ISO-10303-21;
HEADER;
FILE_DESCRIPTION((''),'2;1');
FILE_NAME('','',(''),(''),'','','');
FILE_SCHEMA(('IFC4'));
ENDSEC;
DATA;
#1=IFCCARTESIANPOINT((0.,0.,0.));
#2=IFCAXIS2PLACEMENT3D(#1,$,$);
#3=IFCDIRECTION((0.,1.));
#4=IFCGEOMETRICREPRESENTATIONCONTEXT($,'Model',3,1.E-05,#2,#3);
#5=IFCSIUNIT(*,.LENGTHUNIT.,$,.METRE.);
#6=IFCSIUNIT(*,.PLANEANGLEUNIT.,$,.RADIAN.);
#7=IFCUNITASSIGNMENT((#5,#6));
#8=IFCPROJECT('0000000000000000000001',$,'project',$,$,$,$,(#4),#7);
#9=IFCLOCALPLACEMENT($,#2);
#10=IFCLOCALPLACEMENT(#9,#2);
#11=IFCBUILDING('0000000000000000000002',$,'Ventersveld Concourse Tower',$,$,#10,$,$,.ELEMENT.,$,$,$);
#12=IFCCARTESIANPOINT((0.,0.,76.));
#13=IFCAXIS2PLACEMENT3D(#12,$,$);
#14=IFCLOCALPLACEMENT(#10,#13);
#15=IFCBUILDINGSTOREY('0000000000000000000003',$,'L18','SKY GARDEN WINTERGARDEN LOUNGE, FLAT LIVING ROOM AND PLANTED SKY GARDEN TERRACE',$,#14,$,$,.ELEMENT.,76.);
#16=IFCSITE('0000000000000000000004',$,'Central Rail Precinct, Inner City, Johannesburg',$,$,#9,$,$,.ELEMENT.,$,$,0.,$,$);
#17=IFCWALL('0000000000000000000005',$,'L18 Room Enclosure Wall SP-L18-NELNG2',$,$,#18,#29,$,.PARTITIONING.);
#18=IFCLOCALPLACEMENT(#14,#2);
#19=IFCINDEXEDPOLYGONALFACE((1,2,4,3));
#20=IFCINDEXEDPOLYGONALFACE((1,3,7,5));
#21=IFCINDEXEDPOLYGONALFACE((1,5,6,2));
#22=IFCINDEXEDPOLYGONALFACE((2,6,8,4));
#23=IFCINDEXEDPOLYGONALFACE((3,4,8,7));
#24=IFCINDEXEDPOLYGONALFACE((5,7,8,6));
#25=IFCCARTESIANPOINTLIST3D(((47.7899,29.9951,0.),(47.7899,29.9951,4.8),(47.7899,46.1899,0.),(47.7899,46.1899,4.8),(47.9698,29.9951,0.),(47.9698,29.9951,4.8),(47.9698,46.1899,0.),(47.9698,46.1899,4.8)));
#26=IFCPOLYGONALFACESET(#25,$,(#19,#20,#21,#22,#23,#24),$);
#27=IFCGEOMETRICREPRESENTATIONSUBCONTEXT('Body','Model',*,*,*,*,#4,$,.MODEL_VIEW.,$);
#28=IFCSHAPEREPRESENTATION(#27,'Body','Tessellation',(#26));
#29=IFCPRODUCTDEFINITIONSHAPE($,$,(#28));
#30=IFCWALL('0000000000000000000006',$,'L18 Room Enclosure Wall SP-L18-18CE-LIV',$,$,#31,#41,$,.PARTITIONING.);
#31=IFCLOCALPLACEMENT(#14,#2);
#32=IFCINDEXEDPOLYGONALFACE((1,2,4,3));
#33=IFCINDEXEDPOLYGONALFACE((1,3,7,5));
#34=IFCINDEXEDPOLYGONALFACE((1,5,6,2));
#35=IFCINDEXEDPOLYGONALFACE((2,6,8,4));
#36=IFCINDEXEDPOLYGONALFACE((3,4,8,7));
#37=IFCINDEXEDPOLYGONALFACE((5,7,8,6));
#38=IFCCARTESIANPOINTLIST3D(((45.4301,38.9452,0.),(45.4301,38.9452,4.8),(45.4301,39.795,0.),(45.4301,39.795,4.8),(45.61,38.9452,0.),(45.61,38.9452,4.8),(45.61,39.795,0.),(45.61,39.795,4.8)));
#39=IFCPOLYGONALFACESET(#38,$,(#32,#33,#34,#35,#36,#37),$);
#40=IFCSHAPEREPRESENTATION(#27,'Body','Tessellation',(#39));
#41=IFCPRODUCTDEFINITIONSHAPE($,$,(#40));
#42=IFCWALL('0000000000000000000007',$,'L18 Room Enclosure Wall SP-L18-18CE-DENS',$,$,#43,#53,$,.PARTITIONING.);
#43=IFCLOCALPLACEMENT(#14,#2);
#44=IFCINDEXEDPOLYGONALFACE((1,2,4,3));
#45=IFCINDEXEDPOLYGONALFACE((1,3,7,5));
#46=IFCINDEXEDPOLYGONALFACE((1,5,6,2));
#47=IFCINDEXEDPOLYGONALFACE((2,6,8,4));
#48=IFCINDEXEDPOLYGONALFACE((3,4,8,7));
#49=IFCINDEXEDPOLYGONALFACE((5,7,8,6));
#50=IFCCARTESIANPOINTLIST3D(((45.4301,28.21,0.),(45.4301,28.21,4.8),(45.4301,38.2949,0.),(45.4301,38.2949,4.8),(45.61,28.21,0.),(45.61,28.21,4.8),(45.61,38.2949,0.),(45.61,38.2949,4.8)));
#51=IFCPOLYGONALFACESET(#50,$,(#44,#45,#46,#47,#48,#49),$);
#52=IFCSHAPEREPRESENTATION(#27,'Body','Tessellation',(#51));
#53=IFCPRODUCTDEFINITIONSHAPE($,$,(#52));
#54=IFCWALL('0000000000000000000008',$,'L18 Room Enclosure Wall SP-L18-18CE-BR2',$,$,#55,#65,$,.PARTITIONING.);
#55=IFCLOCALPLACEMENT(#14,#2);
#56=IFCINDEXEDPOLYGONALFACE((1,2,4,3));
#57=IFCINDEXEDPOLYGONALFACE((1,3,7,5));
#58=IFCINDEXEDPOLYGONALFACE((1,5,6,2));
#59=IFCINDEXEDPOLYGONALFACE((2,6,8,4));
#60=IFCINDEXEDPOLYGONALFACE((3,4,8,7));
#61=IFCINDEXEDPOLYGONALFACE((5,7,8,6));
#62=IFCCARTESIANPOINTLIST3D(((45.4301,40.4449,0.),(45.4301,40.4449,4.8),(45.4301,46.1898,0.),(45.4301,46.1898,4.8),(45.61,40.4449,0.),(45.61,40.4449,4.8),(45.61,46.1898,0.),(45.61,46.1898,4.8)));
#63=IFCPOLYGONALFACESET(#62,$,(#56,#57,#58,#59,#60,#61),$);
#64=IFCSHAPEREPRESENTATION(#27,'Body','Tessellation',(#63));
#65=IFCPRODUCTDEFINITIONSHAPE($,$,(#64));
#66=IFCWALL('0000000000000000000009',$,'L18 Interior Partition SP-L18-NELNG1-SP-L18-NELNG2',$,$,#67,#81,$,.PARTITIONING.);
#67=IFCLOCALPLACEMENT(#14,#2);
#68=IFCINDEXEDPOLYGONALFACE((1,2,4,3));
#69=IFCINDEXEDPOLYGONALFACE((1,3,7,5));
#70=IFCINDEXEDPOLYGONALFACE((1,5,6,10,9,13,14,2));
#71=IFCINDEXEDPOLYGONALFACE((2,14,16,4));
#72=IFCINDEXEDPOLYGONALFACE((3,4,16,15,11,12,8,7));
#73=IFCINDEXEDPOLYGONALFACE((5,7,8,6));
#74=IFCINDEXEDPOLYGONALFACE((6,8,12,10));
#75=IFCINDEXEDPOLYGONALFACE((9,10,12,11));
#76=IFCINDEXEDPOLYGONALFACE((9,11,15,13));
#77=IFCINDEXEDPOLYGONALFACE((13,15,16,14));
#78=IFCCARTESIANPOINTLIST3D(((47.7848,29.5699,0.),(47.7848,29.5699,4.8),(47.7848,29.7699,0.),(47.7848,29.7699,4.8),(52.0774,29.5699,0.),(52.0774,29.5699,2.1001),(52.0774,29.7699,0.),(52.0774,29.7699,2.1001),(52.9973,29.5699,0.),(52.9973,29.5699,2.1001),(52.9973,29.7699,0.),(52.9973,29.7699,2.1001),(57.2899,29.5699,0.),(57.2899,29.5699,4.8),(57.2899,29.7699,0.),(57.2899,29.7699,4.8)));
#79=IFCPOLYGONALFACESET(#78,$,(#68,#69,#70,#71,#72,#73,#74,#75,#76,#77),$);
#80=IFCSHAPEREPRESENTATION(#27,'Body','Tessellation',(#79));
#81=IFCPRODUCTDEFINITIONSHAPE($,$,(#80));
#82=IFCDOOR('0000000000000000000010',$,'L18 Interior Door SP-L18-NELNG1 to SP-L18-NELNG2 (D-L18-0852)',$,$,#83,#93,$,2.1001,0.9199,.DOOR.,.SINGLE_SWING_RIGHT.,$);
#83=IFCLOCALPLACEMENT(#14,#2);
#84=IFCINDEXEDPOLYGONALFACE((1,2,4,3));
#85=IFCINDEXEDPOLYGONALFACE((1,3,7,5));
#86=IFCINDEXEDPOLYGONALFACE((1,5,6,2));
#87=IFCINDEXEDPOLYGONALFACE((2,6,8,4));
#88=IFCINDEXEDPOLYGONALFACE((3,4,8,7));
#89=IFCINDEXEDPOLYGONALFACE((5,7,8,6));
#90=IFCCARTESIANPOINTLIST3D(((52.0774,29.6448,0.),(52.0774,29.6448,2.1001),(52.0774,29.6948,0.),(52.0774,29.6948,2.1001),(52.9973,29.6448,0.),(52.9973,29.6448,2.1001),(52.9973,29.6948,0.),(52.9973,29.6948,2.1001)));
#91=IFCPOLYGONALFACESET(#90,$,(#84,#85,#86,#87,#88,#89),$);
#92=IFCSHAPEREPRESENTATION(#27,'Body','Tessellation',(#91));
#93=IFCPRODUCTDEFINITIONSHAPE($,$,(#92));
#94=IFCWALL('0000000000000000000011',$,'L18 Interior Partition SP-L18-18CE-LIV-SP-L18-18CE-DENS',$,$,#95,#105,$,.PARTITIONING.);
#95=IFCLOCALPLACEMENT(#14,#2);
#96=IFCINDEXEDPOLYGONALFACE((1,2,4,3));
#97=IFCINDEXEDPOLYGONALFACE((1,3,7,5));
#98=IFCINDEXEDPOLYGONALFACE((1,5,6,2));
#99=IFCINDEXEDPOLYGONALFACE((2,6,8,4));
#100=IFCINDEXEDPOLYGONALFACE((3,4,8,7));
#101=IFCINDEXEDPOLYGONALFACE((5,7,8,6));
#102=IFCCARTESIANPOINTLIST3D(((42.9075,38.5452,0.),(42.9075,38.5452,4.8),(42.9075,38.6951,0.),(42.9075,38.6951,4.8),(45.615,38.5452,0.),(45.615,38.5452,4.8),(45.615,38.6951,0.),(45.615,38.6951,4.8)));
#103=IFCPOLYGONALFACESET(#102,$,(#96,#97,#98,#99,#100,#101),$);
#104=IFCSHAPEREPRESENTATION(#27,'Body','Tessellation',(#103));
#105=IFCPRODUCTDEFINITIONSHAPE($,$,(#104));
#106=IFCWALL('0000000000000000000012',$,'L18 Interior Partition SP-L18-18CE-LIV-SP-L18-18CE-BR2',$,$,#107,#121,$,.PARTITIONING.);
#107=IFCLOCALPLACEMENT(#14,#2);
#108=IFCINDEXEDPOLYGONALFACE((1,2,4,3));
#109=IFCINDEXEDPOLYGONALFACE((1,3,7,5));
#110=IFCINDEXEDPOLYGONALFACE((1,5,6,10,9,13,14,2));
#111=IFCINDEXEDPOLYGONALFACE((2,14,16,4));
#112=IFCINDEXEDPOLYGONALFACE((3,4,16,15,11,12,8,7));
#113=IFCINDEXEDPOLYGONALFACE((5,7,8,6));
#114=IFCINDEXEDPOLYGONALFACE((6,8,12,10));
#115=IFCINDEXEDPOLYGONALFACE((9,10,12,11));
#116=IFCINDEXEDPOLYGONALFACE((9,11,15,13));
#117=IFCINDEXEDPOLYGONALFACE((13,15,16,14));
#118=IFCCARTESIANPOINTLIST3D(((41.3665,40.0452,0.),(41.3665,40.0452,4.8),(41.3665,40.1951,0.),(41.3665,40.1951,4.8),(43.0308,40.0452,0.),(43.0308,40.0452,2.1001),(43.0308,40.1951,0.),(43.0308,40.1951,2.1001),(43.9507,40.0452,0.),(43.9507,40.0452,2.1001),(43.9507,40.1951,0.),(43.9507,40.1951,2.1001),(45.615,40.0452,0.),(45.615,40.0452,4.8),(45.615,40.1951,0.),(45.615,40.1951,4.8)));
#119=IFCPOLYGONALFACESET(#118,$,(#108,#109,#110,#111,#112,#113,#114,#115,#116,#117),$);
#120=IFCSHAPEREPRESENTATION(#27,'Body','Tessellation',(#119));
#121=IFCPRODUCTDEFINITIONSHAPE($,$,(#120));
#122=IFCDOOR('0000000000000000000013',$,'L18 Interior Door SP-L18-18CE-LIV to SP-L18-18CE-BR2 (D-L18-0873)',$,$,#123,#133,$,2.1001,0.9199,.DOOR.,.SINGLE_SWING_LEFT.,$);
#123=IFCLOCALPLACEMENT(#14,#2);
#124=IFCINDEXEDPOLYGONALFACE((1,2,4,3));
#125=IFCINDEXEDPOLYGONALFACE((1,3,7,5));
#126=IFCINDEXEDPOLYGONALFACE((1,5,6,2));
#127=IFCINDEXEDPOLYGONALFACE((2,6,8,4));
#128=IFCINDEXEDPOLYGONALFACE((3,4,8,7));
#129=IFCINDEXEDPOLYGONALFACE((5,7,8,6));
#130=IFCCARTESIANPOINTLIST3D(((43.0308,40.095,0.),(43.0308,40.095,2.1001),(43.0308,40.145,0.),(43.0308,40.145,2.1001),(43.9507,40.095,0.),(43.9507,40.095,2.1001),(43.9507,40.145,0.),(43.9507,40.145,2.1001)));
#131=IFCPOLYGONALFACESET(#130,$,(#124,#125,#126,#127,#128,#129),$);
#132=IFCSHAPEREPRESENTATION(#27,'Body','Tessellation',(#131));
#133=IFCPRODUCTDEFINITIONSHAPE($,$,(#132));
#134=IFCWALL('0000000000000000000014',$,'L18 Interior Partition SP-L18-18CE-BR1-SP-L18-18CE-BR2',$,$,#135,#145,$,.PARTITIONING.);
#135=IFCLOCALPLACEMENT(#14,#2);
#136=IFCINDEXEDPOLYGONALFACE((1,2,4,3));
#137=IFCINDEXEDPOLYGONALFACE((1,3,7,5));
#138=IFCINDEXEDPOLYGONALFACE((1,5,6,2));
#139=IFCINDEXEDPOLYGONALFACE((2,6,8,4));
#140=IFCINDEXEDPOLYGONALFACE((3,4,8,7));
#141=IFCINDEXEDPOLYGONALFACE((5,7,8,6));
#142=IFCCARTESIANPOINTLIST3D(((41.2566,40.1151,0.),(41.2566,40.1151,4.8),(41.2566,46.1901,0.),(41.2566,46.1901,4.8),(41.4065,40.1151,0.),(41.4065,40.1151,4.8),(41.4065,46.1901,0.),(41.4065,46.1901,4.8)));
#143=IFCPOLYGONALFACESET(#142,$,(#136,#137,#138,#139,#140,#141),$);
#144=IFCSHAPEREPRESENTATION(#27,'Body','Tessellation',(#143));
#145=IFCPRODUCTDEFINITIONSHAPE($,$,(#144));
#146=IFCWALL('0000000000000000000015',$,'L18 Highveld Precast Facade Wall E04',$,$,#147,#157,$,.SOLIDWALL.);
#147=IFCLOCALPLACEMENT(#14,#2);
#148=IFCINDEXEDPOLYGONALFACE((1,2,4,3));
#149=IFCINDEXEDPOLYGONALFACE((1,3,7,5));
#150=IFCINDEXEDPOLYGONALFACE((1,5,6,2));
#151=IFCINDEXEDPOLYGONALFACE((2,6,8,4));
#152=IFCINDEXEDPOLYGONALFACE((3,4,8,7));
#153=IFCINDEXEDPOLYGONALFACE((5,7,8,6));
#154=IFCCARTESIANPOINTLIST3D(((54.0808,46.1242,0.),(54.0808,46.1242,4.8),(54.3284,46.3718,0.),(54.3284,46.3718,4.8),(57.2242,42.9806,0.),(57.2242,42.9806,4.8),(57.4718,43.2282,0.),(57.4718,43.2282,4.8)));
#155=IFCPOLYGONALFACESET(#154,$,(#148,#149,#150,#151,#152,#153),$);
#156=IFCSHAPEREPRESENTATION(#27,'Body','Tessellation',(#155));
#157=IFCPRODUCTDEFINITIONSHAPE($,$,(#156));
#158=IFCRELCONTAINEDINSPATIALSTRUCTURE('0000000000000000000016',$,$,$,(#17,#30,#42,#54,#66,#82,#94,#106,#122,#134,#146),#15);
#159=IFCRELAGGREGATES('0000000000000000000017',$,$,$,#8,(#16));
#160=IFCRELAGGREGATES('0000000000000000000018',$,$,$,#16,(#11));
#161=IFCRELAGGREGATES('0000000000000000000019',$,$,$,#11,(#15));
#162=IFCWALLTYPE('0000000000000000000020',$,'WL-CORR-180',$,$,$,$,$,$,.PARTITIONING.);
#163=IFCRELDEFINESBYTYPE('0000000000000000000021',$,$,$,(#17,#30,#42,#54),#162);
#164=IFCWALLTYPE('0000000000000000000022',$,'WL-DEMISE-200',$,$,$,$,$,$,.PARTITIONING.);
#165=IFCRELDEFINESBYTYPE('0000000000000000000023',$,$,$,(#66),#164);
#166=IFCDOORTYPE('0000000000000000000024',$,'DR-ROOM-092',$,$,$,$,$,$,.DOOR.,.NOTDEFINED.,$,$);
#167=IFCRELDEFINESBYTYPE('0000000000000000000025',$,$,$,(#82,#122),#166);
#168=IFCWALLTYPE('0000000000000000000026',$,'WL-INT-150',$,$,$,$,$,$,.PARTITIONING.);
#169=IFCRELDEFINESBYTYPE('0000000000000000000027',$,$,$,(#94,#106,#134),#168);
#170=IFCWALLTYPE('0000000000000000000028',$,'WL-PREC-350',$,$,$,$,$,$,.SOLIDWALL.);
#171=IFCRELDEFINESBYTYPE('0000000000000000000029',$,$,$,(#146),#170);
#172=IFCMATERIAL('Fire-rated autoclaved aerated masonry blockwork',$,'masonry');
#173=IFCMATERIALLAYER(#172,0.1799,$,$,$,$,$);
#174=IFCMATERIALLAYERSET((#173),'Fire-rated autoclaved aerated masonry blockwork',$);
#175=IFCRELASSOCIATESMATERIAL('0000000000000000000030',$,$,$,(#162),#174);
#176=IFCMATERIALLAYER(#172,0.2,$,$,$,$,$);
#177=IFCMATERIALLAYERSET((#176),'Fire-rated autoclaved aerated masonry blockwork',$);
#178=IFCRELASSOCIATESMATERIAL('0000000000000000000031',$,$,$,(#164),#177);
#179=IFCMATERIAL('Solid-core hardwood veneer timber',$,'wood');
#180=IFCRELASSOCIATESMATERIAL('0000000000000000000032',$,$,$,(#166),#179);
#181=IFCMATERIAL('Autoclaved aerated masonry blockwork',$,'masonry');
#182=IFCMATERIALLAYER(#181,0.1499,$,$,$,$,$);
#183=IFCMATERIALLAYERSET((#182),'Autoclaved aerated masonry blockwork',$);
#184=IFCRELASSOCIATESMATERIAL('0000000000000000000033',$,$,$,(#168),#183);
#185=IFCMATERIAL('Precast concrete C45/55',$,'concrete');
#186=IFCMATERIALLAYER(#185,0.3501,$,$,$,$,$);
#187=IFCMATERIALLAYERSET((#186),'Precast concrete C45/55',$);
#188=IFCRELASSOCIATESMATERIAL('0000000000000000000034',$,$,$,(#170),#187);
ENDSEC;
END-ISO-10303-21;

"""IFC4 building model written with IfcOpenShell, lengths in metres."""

from ifc_helpers import new_model, si_unit, direction, frame, frame_2d, origin, place, context, subcontext, project, spatial, rectangle, extrude, material, layer, layer_set, type_object, element, fill, save


model = new_model("IFC4")

# Units and contexts
model_context = context("Model", 3, precision=1e-05, world=origin(), true_north=direction((0.0, 1.0)))
body_context = subcontext(model_context, "Body", "Model", "MODEL_VIEW")
ifc_project = project(units=[si_unit("LENGTHUNIT", "METRE"), si_unit("PLANEANGLEUNIT", "RADIAN")], contexts=[model_context])

# Site, building, storey
site_placement = place(None, origin())
site = spatial("IfcSite", under=ifc_project, at=site_placement, Name="Central Rail Precinct, Inner City, Johannesburg", CompositionType="ELEMENT", RefElevation=0.0)
building_placement = place(site_placement, origin())
building = spatial("IfcBuilding", under=site, at=building_placement, Name="Ventersveld Concourse Tower", CompositionType="ELEMENT")
storey_placement = place(building_placement, frame((0.0, 0.0, 76.0)))
storey = spatial("IfcBuildingStorey", under=building, at=storey_placement, Name="L18", Description="SKY GARDEN WINTERGARDEN LOUNGE, FLAT LIVING ROOM AND PLANTED SKY GARDEN TERRACE", CompositionType="ELEMENT", Elevation=76.0)

# Walls
ifc_material_1 = material(Name="Fire-rated autoclaved aerated masonry blockwork", Category="masonry")
ifc_layer_1 = layer(ifc_material_1, 0.1799)
ifc_layer_set_1 = layer_set([ifc_layer_1], Name="Fire-rated autoclaved aerated masonry blockwork")
wall_type_1 = type_object("IfcWallType", Name="WL-CORR-180", PredefinedType="PARTITIONING", material=ifc_layer_set_1)
wall_1_placement = place(storey_placement, frame((47.8799, 29.9951, 0.0), z_axis=(0.0, 0.0, 1.0), x_axis=(0.0, 1.0, 0.0)))
element("IfcWall", 1, at=wall_1_placement, inside=storey, type_object=wall_type_1, Name="L18 Room Enclosure Wall SP-L18-NELNG2", PredefinedType="PARTITIONING", context=body_context, shape_type="SweptSolid", body=[
    extrude(rectangle(XDim=16.1948, YDim=0.1799, at=frame_2d((8.0974, 0.0))), origin(), (0.0, 0.0, 1.0), 4.8),
])
wall_2_placement = place(storey_placement, frame((45.52, 39.7949, 0.0), z_axis=(0.0, 0.0, 1.0), x_axis=(0.0, -1.0, 0.0)))
element("IfcWall", 2, at=wall_2_placement, inside=storey, type_object=wall_type_1, Name="L18 Room Enclosure Wall SP-L18-18CE-LIV", PredefinedType="PARTITIONING", context=body_context, shape_type="SweptSolid", body=[
    extrude(rectangle(XDim=0.8499, YDim=0.1799, at=frame_2d((0.4248, 0.0))), origin(), (0.0, 0.0, 1.0), 4.8),
])
wall_3_placement = place(storey_placement, frame((45.52, 38.2949, 0.0), z_axis=(0.0, 0.0, 1.0), x_axis=(0.0, -1.0, 0.0)))
element("IfcWall", 3, at=wall_3_placement, inside=storey, type_object=wall_type_1, Name="L18 Room Enclosure Wall SP-L18-18CE-DENS", PredefinedType="PARTITIONING", context=body_context, shape_type="SweptSolid", body=[
    extrude(rectangle(XDim=10.085, YDim=0.1799, at=frame_2d((5.0425, 0.0))), origin(), (0.0, 0.0, 1.0), 4.8),
])
wall_4_placement = place(storey_placement, frame((45.52, 46.1899, 0.0), z_axis=(0.0, 0.0, 1.0), x_axis=(0.0, -1.0, 0.0)))
element("IfcWall", 4, at=wall_4_placement, inside=storey, type_object=wall_type_1, Name="L18 Room Enclosure Wall SP-L18-18CE-BR2", PredefinedType="PARTITIONING", context=body_context, shape_type="SweptSolid", body=[
    extrude(rectangle(XDim=5.7449, YDim=0.1799, at=frame_2d((2.8726, 0.0))), origin(), (0.0, 0.0, 1.0), 4.8),
])

# Wall, opening, door
ifc_layer_2 = layer(ifc_material_1, 0.2)
ifc_layer_set_2 = layer_set([ifc_layer_2], Name="Fire-rated autoclaved aerated masonry blockwork")
wall_type_2 = type_object("IfcWallType", Name="WL-DEMISE-200", PredefinedType="PARTITIONING", material=ifc_layer_set_2)
wall_5_placement = place(storey_placement, frame((47.7849, 29.6699, 0.0), z_axis=(0.0, 0.0, 1.0), x_axis=(1.0, 0.0, 0.0)))
wall_5 = element("IfcWall", 5, at=wall_5_placement, inside=storey, type_object=wall_type_2, Name="L18 Interior Partition SP-L18-NELNG1-SP-L18-NELNG2", PredefinedType="PARTITIONING", context=body_context, shape_type="SweptSolid", body=[
    extrude(rectangle(XDim=9.5051, YDim=0.2, at=frame_2d((4.7524, 0.0))), origin(), (0.0, 0.0, 1.0), 4.8),
])
opening_1_placement = place(wall_5_placement, frame((4.2925, 0.0, 0.0)))
opening_1 = element("IfcOpeningElement", 6, at=opening_1_placement, cuts=wall_5, PredefinedType="OPENING", context=body_context, shape_type="SweptSolid", body=[
    extrude(rectangle(XDim=0.9199, YDim=2.1001, at=frame_2d((0.46, 1.05))), frame((0.0, 0.1099, 0.0), z_axis=(0.0, -1.0, 0.0), x_axis=(1.0, 0.0, 0.0)), (0.0, 0.0, 1.0), 0.22),
])
ifc_material_2 = material(Name="Solid-core hardwood veneer timber", Category="wood")
door_type = type_object("IfcDoorType", Name="DR-ROOM-092", OperationType="NOTDEFINED", PredefinedType="DOOR", material=ifc_material_2)
door_1_placement = place(opening_1_placement, origin())
door_1 = element("IfcDoor", 7, at=door_1_placement, inside=storey, type_object=door_type, Name="L18 Interior Door SP-L18-NELNG1 to SP-L18-NELNG2 (D-L18-0852)", OperationType="SINGLE_SWING_RIGHT", OverallHeight=2.1001, OverallWidth=0.9199, PredefinedType="DOOR", context=body_context, shape_type="SweptSolid", body=[
    extrude(rectangle(XDim=0.9199, YDim=2.1001, at=frame_2d((0.46, 1.05))), frame((0.0, 0.0249, 0.0), z_axis=(0.0, -1.0, 0.0), x_axis=(1.0, 0.0, 0.0)), (0.0, 0.0, 1.0), 0.05),
])
fill(opening_1, door_1)

# Wall
ifc_material_3 = material(Name="Autoclaved aerated masonry blockwork", Category="masonry")
ifc_layer_3 = layer(ifc_material_3, 0.1499)
ifc_layer_set_3 = layer_set([ifc_layer_3], Name="Autoclaved aerated masonry blockwork")
wall_type_3 = type_object("IfcWallType", Name="WL-INT-150", PredefinedType="PARTITIONING", material=ifc_layer_set_3)
wall_6_placement = place(storey_placement, frame((42.9075, 38.6201, 0.0), z_axis=(0.0, 0.0, 1.0), x_axis=(1.0, 0.0, 0.0)))
element("IfcWall", 8, at=wall_6_placement, inside=storey, type_object=wall_type_3, Name="L18 Interior Partition SP-L18-18CE-LIV-SP-L18-18CE-DENS", PredefinedType="PARTITIONING", context=body_context, shape_type="SweptSolid", body=[
    extrude(rectangle(XDim=2.7075, YDim=0.1499, at=frame_2d((1.3538, 0.0))), origin(), (0.0, 0.0, 1.0), 4.8),
])

# Wall, opening, door
wall_7_placement = place(storey_placement, frame((41.3665, 40.1201, 0.0), z_axis=(0.0, 0.0, 1.0), x_axis=(1.0, 0.0, 0.0)))
wall_7 = element("IfcWall", 9, at=wall_7_placement, inside=storey, type_object=wall_type_3, Name="L18 Interior Partition SP-L18-18CE-LIV-SP-L18-18CE-BR2", PredefinedType="PARTITIONING", context=body_context, shape_type="SweptSolid", body=[
    extrude(rectangle(XDim=4.2485, YDim=0.1499, at=frame_2d((2.1243, 0.0))), origin(), (0.0, 0.0, 1.0), 4.8),
])
opening_2_placement = place(wall_7_placement, frame((1.6643, 0.0, 0.0)))
opening_2 = element("IfcOpeningElement", 10, at=opening_2_placement, cuts=wall_7, PredefinedType="OPENING", context=body_context, shape_type="SweptSolid", body=[
    extrude(rectangle(XDim=0.9199, YDim=2.1001, at=frame_2d((0.46, 1.05))), frame((0.0, 0.085, 0.0), z_axis=(0.0, -1.0, 0.0), x_axis=(1.0, 0.0, 0.0)), (0.0, 0.0, 1.0), 0.1699),
])
door_2_placement = place(opening_2_placement, origin())
door_2 = element("IfcDoor", 11, at=door_2_placement, inside=storey, type_object=door_type, Name="L18 Interior Door SP-L18-18CE-LIV to SP-L18-18CE-BR2 (D-L18-0873)", OperationType="SINGLE_SWING_LEFT", OverallHeight=2.1001, OverallWidth=0.9199, PredefinedType="DOOR", context=body_context, shape_type="SweptSolid", body=[
    extrude(rectangle(XDim=0.9199, YDim=2.1001, at=frame_2d((0.46, 1.05))), frame((0.0, 0.0249, 0.0), z_axis=(0.0, -1.0, 0.0), x_axis=(1.0, 0.0, 0.0)), (0.0, 0.0, 1.0), 0.05),
])
fill(opening_2, door_2)

# Walls
wall_8_placement = place(storey_placement, frame((41.3315, 40.115, 0.0), z_axis=(0.0, 0.0, 1.0), x_axis=(0.0, 1.0, 0.0)))
element("IfcWall", 12, at=wall_8_placement, inside=storey, type_object=wall_type_3, Name="L18 Interior Partition SP-L18-18CE-BR1-SP-L18-18CE-BR2", PredefinedType="PARTITIONING", context=body_context, shape_type="SweptSolid", body=[
    extrude(rectangle(XDim=6.075, YDim=0.1499, at=frame_2d((3.0376, 0.0))), origin(), (0.0, 0.0, 1.0), 4.8),
])
ifc_material_4 = material(Name="Precast concrete C45/55", Category="concrete")
ifc_layer_4 = layer(ifc_material_4, 0.3501)
ifc_layer_set_4 = layer_set([ifc_layer_4], Name="Precast concrete C45/55")
wall_type_4 = type_object("IfcWallType", Name="WL-PREC-350", PredefinedType="SOLIDWALL", material=ifc_layer_set_4)
wall_9_placement = place(storey_placement, frame((57.3479, 43.1045, 0.0), z_axis=(0.0, 0.0, 1.0), x_axis=(-0.707079, 0.707134, 0.0)))
element("IfcWall", 13, at=wall_9_placement, inside=storey, type_object=wall_type_4, Name="L18 Highveld Precast Facade Wall E04", PredefinedType="SOLIDWALL", context=body_context, shape_type="SweptSolid", body=[
    extrude(rectangle(XDim=4.4456, YDim=0.3501, at=frame_2d((2.2227, 0.0))), origin(), (0.0, 0.0, 1.0), 4.8),
])

save(model, "model.ifc")
